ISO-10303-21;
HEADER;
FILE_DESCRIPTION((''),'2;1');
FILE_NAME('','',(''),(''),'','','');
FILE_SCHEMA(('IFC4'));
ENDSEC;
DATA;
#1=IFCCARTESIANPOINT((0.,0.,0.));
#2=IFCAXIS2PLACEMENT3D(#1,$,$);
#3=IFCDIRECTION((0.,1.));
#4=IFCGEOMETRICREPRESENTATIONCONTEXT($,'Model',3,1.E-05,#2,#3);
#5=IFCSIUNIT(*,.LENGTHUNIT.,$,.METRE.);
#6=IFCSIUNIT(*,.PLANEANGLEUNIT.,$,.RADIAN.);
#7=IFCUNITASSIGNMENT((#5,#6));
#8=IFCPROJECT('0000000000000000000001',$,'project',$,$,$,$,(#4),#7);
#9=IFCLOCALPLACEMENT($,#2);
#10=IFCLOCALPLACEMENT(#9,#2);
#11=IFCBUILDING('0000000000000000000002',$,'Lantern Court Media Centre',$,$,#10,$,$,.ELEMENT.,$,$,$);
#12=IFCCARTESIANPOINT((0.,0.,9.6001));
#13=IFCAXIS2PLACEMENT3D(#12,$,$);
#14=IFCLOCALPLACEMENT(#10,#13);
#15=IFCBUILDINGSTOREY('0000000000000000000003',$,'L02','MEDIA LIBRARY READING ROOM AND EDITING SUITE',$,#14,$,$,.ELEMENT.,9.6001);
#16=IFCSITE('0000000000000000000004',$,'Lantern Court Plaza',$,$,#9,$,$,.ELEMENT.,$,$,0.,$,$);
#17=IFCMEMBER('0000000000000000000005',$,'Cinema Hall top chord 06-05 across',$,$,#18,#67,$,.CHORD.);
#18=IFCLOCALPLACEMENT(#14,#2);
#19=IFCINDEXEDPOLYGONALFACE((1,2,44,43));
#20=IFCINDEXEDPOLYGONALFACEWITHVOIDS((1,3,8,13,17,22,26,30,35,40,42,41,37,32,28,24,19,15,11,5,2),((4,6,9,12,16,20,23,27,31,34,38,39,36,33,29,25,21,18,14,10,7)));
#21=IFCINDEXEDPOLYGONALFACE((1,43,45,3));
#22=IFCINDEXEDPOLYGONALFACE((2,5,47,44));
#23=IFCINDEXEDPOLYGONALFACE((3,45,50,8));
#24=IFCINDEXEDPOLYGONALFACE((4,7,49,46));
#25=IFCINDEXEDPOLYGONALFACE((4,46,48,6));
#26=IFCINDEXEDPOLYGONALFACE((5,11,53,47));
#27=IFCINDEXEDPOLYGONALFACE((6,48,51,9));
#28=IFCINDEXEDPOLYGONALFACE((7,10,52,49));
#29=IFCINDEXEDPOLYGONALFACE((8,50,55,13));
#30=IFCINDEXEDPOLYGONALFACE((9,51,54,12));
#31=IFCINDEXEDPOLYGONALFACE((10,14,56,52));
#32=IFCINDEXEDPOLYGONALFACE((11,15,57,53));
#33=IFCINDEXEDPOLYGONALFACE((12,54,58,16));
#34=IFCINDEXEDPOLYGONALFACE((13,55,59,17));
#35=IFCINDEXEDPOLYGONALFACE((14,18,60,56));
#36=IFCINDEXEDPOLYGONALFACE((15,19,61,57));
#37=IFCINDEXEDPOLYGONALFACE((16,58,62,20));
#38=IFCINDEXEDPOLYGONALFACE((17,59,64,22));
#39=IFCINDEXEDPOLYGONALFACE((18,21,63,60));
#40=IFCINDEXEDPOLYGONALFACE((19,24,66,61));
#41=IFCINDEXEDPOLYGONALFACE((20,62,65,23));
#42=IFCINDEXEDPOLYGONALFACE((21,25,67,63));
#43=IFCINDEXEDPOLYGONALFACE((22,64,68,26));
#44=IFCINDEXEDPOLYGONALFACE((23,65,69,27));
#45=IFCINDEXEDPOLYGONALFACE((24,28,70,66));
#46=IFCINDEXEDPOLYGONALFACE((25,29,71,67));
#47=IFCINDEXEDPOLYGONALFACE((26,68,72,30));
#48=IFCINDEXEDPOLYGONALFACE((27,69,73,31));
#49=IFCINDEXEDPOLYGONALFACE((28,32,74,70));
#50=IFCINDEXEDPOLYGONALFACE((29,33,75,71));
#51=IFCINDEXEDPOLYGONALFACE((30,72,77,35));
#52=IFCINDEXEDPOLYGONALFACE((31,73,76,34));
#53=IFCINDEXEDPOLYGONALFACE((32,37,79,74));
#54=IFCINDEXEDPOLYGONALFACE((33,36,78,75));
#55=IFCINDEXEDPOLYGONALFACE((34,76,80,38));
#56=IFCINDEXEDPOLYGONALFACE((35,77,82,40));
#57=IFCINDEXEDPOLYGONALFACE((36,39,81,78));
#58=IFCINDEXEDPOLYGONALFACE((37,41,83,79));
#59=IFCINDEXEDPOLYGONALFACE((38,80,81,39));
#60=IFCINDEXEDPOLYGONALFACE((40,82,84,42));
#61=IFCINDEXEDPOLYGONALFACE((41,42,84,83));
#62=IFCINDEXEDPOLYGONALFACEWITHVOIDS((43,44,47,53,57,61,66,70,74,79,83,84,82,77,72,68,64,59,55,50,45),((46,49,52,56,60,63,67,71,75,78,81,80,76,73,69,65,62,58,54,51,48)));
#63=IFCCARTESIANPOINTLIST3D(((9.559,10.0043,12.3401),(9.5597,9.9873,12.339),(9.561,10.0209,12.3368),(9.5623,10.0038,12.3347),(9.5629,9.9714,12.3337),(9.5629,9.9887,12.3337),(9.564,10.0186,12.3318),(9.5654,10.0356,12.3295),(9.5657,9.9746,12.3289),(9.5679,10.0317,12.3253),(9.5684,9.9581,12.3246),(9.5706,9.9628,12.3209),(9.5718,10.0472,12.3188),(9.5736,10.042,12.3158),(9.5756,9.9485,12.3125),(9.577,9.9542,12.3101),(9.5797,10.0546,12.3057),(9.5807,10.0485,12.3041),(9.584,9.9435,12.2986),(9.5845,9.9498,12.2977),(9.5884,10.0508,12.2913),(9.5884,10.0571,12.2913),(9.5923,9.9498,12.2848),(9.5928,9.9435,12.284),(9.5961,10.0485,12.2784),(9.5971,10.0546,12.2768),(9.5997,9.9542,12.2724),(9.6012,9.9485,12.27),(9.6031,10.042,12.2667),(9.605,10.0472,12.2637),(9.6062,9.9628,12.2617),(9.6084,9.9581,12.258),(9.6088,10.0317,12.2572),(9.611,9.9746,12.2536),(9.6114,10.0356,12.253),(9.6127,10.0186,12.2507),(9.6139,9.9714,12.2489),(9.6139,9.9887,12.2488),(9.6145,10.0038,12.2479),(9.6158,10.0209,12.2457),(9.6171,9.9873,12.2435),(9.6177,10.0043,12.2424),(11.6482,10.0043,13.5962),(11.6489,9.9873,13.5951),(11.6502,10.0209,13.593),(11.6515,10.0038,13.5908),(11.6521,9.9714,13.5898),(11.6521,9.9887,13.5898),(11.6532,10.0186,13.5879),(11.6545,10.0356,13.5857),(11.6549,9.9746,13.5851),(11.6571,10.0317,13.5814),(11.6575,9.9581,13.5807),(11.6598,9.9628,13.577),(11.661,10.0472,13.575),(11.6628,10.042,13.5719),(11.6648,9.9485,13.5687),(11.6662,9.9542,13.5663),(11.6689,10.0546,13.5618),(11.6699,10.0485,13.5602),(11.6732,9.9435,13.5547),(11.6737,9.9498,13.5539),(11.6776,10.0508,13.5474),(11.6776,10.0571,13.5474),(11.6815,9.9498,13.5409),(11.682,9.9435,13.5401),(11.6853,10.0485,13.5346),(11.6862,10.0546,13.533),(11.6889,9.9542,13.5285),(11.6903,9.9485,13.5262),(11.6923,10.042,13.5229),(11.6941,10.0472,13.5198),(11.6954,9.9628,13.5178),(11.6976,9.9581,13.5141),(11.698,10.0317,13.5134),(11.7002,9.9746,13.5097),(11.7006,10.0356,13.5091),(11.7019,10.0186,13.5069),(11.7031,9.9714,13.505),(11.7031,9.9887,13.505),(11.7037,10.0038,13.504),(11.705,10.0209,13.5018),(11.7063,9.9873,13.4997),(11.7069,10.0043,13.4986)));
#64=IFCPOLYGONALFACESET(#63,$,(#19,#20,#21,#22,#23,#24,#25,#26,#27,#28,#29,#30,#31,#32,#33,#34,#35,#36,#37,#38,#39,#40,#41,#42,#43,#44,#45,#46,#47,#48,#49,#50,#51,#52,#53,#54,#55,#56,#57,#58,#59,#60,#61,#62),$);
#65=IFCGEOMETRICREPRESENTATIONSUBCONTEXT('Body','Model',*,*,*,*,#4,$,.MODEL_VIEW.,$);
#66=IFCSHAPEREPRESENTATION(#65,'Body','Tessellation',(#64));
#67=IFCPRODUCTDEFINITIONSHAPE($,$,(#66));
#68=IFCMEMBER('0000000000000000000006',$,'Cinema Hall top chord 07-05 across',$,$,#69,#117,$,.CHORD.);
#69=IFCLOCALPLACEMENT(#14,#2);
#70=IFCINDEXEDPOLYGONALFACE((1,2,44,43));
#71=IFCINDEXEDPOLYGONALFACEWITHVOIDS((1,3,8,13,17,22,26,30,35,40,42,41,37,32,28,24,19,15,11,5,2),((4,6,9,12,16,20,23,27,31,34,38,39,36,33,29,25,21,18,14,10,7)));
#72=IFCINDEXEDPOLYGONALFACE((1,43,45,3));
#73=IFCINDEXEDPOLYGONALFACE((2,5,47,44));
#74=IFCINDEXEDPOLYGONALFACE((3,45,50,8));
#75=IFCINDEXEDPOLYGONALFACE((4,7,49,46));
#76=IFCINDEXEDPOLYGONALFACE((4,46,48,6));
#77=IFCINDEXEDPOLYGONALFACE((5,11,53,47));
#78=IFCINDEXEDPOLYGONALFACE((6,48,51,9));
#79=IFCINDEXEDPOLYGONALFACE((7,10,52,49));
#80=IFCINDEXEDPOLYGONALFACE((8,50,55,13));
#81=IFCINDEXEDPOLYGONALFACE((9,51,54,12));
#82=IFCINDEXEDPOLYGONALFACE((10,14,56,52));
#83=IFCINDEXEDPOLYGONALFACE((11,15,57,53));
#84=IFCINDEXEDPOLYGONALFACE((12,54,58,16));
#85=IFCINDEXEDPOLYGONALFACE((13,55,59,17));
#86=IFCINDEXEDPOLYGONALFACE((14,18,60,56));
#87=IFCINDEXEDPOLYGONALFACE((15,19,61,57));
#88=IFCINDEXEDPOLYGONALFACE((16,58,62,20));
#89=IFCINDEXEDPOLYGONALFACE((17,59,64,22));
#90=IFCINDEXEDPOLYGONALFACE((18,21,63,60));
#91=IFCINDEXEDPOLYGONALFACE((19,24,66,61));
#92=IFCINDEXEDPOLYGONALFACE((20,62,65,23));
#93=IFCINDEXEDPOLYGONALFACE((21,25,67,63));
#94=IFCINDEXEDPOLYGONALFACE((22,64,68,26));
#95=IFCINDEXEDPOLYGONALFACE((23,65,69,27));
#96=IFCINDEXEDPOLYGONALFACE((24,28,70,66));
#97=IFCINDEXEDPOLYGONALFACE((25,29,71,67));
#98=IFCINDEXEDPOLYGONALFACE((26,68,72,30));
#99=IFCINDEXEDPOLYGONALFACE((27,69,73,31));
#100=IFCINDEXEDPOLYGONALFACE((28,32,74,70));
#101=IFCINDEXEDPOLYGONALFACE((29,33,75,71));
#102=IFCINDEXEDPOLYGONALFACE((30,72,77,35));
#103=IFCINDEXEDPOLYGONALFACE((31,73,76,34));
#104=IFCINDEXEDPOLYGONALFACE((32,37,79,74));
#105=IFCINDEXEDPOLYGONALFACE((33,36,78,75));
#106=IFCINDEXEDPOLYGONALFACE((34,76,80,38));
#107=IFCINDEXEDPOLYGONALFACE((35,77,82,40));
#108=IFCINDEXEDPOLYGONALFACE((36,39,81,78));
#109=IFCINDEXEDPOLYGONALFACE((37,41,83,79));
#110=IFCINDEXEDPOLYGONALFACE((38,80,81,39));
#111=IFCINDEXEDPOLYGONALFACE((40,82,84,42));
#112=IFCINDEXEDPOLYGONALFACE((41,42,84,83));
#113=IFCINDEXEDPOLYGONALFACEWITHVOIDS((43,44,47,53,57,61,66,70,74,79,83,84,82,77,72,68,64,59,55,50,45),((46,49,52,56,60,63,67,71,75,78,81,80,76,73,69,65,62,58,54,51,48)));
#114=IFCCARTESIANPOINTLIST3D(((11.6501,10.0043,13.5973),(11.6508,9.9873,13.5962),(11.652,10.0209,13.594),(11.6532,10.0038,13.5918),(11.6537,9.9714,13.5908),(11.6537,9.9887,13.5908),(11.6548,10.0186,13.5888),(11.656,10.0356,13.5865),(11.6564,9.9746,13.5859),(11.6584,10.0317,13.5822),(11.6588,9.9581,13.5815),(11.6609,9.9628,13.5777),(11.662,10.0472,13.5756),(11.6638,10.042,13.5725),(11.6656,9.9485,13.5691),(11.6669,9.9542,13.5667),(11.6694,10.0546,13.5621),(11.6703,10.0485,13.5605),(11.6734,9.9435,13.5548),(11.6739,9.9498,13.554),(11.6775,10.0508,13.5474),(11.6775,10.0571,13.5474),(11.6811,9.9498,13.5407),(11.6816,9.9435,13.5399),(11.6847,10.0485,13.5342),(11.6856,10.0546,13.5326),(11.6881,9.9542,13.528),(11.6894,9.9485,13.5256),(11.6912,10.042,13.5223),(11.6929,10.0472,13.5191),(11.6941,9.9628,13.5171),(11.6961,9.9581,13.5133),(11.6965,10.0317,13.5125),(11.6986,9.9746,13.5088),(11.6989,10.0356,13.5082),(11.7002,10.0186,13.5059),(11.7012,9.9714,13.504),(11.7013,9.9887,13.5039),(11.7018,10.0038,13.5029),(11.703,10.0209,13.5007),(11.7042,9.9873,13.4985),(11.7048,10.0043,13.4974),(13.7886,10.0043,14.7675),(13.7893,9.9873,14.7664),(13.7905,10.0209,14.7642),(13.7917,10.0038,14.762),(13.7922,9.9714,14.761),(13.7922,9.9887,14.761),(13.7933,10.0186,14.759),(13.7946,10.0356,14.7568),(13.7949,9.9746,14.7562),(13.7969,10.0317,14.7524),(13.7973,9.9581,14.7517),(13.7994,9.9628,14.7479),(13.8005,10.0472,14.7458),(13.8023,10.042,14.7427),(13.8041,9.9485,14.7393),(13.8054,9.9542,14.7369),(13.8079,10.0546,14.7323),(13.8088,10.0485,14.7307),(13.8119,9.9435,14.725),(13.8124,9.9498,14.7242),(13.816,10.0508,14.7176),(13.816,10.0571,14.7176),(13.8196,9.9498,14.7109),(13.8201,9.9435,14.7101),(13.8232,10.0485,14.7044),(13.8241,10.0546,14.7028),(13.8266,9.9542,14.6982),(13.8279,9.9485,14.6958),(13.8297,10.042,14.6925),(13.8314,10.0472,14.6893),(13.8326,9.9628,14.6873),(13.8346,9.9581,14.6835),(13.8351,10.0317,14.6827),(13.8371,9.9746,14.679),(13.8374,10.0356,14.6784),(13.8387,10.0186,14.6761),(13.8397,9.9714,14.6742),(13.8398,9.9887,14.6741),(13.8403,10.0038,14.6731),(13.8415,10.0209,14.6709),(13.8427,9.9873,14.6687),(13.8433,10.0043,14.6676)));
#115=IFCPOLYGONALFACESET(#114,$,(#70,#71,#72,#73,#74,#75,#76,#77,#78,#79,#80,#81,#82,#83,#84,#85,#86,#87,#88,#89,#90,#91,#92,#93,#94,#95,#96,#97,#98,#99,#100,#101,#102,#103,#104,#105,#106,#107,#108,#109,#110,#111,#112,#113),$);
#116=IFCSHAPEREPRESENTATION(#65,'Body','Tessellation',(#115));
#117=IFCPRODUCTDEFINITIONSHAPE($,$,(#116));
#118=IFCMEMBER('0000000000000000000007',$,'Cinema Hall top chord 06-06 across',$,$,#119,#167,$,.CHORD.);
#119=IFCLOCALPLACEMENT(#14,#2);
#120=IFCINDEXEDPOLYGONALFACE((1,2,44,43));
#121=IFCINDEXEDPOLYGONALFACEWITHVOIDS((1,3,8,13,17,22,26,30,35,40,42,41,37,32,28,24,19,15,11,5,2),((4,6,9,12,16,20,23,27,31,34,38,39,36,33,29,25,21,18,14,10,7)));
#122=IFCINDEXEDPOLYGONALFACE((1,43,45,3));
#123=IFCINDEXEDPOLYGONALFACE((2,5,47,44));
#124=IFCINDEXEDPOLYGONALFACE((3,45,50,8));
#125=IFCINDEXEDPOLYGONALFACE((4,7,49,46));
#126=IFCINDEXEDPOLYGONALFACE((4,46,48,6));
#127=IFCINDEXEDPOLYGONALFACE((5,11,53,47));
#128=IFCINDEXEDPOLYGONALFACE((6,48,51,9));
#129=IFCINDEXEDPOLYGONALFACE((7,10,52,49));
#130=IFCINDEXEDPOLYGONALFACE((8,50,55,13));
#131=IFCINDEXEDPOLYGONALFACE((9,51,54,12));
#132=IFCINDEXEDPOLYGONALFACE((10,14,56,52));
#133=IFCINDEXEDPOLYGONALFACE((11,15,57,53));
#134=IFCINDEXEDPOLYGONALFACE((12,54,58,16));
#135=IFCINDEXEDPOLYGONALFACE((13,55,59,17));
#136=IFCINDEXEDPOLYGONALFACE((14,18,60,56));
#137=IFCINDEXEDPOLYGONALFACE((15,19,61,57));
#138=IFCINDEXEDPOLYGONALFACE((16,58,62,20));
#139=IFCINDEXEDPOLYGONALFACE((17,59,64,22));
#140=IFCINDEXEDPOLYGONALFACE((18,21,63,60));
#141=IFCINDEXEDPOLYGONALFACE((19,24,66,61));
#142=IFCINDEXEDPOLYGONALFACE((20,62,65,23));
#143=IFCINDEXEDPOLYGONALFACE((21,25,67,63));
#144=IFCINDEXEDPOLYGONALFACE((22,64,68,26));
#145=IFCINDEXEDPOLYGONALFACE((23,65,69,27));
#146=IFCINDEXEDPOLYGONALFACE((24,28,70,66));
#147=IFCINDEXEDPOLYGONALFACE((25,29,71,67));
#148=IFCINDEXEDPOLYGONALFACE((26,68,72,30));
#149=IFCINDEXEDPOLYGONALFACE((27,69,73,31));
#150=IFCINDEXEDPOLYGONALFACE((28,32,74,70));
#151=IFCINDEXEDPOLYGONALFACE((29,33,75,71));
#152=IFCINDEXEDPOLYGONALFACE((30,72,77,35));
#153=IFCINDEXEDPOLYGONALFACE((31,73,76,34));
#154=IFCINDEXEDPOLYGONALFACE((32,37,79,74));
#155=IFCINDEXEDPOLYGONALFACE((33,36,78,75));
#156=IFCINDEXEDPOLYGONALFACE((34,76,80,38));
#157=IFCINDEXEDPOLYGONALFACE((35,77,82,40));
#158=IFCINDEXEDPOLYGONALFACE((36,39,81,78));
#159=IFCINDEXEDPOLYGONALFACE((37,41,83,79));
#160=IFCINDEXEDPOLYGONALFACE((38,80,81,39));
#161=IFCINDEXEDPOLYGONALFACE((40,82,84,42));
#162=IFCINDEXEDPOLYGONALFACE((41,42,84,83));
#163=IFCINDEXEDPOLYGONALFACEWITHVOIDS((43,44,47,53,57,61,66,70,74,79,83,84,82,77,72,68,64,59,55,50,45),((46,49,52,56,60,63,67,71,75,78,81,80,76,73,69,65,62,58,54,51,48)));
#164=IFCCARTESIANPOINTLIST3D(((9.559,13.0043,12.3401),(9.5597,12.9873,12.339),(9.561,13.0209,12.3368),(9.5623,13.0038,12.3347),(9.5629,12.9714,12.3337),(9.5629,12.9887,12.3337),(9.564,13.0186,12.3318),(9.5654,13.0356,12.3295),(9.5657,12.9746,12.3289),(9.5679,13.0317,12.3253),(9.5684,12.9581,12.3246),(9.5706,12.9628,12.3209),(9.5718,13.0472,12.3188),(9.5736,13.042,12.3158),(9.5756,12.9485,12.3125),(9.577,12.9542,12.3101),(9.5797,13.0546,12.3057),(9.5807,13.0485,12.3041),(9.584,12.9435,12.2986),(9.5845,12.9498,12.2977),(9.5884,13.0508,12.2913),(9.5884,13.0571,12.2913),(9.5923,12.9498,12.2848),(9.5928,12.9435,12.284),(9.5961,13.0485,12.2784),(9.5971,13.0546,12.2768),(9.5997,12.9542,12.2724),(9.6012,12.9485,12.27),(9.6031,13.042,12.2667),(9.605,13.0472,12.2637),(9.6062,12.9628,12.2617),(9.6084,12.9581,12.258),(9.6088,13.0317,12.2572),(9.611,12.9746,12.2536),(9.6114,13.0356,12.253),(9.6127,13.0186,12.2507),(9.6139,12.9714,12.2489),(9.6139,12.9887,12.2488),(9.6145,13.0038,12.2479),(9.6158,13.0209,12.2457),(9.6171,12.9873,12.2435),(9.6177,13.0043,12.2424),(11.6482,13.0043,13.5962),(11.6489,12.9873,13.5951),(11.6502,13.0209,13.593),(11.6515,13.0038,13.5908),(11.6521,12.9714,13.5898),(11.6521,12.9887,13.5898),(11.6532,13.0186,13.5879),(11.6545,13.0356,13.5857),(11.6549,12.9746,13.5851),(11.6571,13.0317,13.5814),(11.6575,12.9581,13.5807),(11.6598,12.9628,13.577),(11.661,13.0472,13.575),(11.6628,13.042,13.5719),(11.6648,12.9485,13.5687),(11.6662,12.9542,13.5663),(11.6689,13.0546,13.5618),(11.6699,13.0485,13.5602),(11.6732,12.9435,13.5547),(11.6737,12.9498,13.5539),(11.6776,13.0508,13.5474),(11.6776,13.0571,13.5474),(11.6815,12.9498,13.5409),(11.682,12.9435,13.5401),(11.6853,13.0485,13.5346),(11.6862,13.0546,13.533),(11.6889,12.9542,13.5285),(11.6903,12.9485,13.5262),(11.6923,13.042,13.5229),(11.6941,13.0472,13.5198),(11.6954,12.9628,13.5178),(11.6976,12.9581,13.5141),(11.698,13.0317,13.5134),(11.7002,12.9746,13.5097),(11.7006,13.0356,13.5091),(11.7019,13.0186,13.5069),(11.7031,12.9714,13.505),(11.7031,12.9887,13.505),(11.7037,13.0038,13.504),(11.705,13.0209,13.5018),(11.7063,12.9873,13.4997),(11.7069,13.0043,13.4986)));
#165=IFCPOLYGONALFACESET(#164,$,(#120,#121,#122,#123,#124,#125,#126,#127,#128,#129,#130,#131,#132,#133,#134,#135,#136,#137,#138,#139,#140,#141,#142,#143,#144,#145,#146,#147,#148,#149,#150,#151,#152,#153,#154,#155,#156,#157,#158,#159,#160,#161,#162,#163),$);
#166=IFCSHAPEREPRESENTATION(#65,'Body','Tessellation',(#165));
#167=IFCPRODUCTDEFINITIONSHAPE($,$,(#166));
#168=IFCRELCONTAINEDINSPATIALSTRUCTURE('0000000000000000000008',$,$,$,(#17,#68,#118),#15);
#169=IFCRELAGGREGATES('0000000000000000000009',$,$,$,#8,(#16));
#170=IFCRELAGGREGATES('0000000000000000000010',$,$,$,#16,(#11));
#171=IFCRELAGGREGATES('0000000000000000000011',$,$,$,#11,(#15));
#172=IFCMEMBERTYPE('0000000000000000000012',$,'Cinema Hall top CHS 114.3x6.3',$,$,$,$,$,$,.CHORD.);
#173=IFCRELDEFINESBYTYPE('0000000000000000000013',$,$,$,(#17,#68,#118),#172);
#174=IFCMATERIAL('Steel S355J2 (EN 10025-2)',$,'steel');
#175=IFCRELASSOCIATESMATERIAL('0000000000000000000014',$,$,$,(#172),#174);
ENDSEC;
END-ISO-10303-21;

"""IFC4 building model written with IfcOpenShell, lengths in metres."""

from ifc_helpers import new_model, si_unit, direction, frame, origin, origin_2d, place, context, subcontext, project, spatial, hollow_circle, extrude, material, material_profile, profile_set, type_object, element, save


model = new_model("IFC4")

# Units and contexts
model_context = context("Model", 3, precision=1e-05, world=origin(), true_north=direction((0.0, 1.0)))
body_context = subcontext(model_context, "Body", "Model", "MODEL_VIEW")
ifc_project = project(units=[si_unit("LENGTHUNIT", "METRE"), si_unit("PLANEANGLEUNIT", "RADIAN")], contexts=[model_context])

# Site, building, storey
site_placement = place(None, origin())
site = spatial("IfcSite", under=ifc_project, at=site_placement, Name="Lantern Court Plaza", CompositionType="ELEMENT", RefElevation=0.0)
building_placement = place(site_placement, origin())
building = spatial("IfcBuilding", under=site, at=building_placement, Name="Lantern Court Media Centre", CompositionType="ELEMENT")
storey_placement = place(building_placement, frame((0.0, 0.0, 9.6001)))
storey = spatial("IfcBuildingStorey", under=building, at=storey_placement, Name="L02", Description="MEDIA LIBRARY READING ROOM AND EDITING SUITE", CompositionType="ELEMENT", Elevation=9.6001)

# Members
ifc_material = material(Name="Steel S355J2 (EN 10025-2)", Category="steel")
ifc_material_profile_1 = material_profile(ifc_material, hollow_circle(Radius=0.0571, WallThickness=0.0063, at=origin_2d()), Name="Cinema Hall top CHS 114.3x6.3")
ifc_profile_set_1 = profile_set([ifc_material_profile_1], Name="Steel S355J2 (EN 10025-2)")
member_type_1 = type_object("IfcMemberType", Name="Cinema Hall top CHS 114.3x6.3", PredefinedType="CHORD", material=ifc_profile_set_1)
for number, where, z_axis, x_axis, name in (
    (1, (9.5884, 10.0, 12.2913), (0.857015, 0.0, 0.515291), (0.0, 1.0, 0.0), "Cinema Hall top chord 06-05 across"),
    (2, (11.6775, 10.0, 13.5474), (0.877248, 0.0, 0.480038), (0.0, 1.0, 0.0), "Cinema Hall top chord 07-05 across"),
    (3, (9.5884, 13.0, 12.2913), (0.857015, 0.0, 0.515291), (0.0, 1.0, 0.0), "Cinema Hall top chord 06-06 across"),
):
    element("IfcMember", number, at=place(storey_placement, frame(where, z_axis=z_axis, x_axis=x_axis)), inside=storey, type_object=member_type_1, Name=name, PredefinedType="CHORD", context=body_context, shape_type="SweptSolid", body=[
        extrude(hollow_circle(Radius=0.0571, WallThickness=0.0063, at=origin_2d()), origin(), (0.0, 0.0, 1.0), 2.4377),
    ])

save(model, "model.ifc")
